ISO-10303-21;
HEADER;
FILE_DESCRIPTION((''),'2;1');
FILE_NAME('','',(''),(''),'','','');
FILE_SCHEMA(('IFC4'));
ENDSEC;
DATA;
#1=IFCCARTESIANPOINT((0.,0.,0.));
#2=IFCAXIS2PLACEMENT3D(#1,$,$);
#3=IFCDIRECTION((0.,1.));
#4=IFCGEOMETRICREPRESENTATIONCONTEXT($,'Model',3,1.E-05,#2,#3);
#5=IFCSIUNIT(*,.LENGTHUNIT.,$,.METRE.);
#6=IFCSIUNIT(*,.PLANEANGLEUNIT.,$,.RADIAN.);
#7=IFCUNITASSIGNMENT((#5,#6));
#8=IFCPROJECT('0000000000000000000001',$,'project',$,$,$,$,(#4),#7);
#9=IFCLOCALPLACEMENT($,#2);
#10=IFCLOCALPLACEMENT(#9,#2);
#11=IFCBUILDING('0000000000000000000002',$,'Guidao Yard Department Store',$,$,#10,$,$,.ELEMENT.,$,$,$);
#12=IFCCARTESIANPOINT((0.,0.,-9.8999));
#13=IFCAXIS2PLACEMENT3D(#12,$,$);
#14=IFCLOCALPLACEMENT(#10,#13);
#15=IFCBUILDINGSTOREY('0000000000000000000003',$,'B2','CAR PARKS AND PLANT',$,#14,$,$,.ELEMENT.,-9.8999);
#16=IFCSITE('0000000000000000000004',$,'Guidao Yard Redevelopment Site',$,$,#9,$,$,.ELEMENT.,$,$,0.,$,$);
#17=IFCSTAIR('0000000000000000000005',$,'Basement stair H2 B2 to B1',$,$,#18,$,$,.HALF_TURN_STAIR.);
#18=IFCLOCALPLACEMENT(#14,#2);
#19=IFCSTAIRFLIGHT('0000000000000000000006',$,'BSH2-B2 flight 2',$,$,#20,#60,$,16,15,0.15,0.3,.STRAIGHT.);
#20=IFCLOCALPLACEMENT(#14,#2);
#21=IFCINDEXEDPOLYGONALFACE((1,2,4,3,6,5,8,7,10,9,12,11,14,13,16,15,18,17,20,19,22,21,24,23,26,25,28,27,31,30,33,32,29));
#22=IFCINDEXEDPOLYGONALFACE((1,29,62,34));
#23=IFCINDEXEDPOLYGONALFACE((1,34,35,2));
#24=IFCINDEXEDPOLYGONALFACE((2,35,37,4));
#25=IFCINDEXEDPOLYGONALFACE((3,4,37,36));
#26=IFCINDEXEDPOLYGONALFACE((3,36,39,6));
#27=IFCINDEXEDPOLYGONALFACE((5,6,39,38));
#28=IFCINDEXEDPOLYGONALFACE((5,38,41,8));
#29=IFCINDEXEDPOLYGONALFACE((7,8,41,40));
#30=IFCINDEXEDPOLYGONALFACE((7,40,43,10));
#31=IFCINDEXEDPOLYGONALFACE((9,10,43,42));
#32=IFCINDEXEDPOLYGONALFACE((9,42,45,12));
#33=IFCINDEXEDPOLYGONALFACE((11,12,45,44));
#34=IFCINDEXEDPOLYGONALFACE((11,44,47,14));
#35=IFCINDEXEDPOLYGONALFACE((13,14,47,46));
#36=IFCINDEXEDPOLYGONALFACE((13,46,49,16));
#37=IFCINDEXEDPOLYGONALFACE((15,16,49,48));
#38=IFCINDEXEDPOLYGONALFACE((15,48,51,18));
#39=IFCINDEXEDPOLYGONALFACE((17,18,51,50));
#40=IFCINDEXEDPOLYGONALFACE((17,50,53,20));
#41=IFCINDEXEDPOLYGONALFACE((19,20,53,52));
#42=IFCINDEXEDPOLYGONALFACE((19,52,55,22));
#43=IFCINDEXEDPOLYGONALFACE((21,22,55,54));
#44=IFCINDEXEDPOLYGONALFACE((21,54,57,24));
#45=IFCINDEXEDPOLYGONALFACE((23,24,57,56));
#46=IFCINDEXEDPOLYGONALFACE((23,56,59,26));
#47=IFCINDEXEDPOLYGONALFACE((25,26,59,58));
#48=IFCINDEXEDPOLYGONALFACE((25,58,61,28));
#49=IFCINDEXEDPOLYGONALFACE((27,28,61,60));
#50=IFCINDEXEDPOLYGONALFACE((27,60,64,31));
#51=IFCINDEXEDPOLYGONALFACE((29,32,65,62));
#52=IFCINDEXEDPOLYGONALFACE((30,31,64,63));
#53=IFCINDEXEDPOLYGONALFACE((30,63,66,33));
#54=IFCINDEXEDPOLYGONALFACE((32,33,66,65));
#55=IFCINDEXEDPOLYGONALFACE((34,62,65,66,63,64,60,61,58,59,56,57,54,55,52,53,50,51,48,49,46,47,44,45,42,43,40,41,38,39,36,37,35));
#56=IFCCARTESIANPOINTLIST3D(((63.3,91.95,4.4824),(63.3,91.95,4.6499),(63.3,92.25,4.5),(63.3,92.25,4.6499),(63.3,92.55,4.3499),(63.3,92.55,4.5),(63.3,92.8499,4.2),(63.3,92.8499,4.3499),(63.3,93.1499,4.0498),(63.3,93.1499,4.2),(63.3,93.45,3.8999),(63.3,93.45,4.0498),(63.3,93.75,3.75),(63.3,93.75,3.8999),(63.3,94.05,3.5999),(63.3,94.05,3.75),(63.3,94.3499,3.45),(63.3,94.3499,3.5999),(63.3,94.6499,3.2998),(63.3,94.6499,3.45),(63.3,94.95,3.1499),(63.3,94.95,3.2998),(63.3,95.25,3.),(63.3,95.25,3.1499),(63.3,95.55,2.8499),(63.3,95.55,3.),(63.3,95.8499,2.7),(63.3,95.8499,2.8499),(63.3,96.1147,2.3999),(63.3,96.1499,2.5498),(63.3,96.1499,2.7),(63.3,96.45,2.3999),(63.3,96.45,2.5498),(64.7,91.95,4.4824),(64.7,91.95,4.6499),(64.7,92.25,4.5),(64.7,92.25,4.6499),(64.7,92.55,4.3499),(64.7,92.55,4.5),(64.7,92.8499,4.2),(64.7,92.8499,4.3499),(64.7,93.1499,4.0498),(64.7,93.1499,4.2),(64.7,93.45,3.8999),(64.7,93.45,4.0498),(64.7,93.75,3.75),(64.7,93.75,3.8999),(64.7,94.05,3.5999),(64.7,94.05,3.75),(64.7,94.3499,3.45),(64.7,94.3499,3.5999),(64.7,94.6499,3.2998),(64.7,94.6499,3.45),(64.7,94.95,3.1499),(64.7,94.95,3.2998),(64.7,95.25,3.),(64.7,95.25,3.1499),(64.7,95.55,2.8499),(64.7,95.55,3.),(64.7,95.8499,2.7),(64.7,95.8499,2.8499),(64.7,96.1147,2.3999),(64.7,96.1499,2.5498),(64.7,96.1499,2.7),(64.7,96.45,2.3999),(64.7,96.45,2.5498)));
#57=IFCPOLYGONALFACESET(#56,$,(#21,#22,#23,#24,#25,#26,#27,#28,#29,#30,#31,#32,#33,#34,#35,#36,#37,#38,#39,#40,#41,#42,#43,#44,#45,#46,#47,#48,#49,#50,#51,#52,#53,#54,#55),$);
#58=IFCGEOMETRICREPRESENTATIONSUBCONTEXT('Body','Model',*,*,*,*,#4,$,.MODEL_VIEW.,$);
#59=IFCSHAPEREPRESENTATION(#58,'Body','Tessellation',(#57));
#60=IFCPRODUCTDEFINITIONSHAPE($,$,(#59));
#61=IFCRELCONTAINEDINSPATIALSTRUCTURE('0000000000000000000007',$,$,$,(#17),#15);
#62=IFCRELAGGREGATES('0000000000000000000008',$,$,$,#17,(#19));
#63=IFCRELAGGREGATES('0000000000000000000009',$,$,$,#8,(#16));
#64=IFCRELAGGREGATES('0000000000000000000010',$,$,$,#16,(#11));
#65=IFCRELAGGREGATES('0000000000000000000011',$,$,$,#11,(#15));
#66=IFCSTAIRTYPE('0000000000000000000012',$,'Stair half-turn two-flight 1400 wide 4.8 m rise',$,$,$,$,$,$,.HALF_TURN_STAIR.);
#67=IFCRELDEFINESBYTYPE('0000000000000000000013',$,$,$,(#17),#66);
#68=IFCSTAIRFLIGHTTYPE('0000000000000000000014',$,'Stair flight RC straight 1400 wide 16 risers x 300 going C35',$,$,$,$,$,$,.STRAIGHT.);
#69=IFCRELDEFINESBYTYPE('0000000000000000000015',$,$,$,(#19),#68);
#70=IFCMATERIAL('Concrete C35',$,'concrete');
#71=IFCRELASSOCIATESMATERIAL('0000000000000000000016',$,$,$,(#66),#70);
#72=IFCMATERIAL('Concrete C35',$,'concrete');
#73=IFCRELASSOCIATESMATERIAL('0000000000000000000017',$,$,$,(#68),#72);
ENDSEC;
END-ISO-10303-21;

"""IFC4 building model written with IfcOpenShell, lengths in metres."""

from ifc_helpers import new_model, si_unit, direction, frame, origin, place, context, subcontext, project, spatial, polyline, outline, extrude, material, type_object, element, aggregate, save


model = new_model("IFC4")

# Units and contexts
model_context = context("Model", 3, precision=1e-05, world=origin(), true_north=direction((0.0, 1.0)))
body_context = subcontext(model_context, "Body", "Model", "MODEL_VIEW")
ifc_project = project(units=[si_unit("LENGTHUNIT", "METRE"), si_unit("PLANEANGLEUNIT", "RADIAN")], contexts=[model_context])

# Site, building, storey
site_placement = place(None, origin())
site = spatial("IfcSite", under=ifc_project, at=site_placement, Name="Guidao Yard Redevelopment Site", CompositionType="ELEMENT", RefElevation=0.0)
building_placement = place(site_placement, origin())
building = spatial("IfcBuilding", under=site, at=building_placement, Name="Guidao Yard Department Store", CompositionType="ELEMENT")
storey_placement = place(building_placement, frame((0.0, 0.0, -9.8999)))
storey = spatial("IfcBuildingStorey", under=building, at=storey_placement, Name="B2", Description="CAR PARKS AND PLANT", CompositionType="ELEMENT", Elevation=-9.8999)

# Stair, stair flight
ifc_material_1 = material(Name="Concrete C35", Category="concrete")
stair_type = type_object("IfcStairType", Name="Stair half-turn two-flight 1400 wide 4.8 m rise", PredefinedType="HALF_TURN_STAIR", material=ifc_material_1)
stair_placement = place(storey_placement, origin())
stair = element("IfcStair", 1, at=stair_placement, inside=storey, type_object=stair_type, Name="Basement stair H2 B2 to B1", PredefinedType="HALF_TURN_STAIR")
ifc_material_2 = material(Name="Concrete C35", Category="concrete")
stair_flight_type = type_object("IfcStairFlightType", Name="Stair flight RC straight 1400 wide 16 risers x 300 going C35", PredefinedType="STRAIGHT", material=ifc_material_2)
stair_flight_placement = place(storey_placement, frame((64.0, 96.45, 2.3999), z_axis=(0.0, 0.0, 1.0), x_axis=(0.0, -1.0, 0.0)))
stair_flight = element("IfcStairFlight", 2, at=stair_flight_placement, type_object=stair_flight_type, Name="BSH2-B2 flight 2", NumberOfRisers=16, NumberOfTreads=15, PredefinedType="STRAIGHT", RiserHeight=0.15, TreadLength=0.3, context=body_context, shape_type="SweptSolid", body=[
    extrude(outline(polyline([(0.0, 0.0), (0.0, 0.1499), (0.3, 0.1499), (0.3, 0.3), (0.6001, 0.3), (0.6001, 0.45), (0.8999, 0.45), (0.8999, 0.6001), (1.2, 0.6001), (1.2, 0.75), (1.5, 0.75), (1.5, 0.8999), (1.8, 0.8999), (1.8, 1.05), (2.1001, 1.05), (2.1001, 1.2), (2.3999, 1.2), (2.3999, 1.3501), (2.7, 1.3501), (2.7, 1.5), (3.0, 1.5), (3.0, 1.6499), (3.3, 1.6499), (3.3, 1.8), (3.6001, 1.8), (3.6001, 1.95), (3.8999, 1.95), (3.8999, 2.1001), (4.2, 2.1001), (4.2, 2.25), (4.5, 2.25), (4.5, 2.3999), (4.5, 2.0825), (0.3352, 0.0), (0.0, 0.0)])), frame((0.0, 0.7, 0.0), z_axis=(0.0, -1.0, 0.0), x_axis=(1.0, 0.0, 0.0)), (0.0, 0.0, 1.0), 1.3999),
])
aggregate(stair, [stair_flight])

save(model, "model.ifc")
